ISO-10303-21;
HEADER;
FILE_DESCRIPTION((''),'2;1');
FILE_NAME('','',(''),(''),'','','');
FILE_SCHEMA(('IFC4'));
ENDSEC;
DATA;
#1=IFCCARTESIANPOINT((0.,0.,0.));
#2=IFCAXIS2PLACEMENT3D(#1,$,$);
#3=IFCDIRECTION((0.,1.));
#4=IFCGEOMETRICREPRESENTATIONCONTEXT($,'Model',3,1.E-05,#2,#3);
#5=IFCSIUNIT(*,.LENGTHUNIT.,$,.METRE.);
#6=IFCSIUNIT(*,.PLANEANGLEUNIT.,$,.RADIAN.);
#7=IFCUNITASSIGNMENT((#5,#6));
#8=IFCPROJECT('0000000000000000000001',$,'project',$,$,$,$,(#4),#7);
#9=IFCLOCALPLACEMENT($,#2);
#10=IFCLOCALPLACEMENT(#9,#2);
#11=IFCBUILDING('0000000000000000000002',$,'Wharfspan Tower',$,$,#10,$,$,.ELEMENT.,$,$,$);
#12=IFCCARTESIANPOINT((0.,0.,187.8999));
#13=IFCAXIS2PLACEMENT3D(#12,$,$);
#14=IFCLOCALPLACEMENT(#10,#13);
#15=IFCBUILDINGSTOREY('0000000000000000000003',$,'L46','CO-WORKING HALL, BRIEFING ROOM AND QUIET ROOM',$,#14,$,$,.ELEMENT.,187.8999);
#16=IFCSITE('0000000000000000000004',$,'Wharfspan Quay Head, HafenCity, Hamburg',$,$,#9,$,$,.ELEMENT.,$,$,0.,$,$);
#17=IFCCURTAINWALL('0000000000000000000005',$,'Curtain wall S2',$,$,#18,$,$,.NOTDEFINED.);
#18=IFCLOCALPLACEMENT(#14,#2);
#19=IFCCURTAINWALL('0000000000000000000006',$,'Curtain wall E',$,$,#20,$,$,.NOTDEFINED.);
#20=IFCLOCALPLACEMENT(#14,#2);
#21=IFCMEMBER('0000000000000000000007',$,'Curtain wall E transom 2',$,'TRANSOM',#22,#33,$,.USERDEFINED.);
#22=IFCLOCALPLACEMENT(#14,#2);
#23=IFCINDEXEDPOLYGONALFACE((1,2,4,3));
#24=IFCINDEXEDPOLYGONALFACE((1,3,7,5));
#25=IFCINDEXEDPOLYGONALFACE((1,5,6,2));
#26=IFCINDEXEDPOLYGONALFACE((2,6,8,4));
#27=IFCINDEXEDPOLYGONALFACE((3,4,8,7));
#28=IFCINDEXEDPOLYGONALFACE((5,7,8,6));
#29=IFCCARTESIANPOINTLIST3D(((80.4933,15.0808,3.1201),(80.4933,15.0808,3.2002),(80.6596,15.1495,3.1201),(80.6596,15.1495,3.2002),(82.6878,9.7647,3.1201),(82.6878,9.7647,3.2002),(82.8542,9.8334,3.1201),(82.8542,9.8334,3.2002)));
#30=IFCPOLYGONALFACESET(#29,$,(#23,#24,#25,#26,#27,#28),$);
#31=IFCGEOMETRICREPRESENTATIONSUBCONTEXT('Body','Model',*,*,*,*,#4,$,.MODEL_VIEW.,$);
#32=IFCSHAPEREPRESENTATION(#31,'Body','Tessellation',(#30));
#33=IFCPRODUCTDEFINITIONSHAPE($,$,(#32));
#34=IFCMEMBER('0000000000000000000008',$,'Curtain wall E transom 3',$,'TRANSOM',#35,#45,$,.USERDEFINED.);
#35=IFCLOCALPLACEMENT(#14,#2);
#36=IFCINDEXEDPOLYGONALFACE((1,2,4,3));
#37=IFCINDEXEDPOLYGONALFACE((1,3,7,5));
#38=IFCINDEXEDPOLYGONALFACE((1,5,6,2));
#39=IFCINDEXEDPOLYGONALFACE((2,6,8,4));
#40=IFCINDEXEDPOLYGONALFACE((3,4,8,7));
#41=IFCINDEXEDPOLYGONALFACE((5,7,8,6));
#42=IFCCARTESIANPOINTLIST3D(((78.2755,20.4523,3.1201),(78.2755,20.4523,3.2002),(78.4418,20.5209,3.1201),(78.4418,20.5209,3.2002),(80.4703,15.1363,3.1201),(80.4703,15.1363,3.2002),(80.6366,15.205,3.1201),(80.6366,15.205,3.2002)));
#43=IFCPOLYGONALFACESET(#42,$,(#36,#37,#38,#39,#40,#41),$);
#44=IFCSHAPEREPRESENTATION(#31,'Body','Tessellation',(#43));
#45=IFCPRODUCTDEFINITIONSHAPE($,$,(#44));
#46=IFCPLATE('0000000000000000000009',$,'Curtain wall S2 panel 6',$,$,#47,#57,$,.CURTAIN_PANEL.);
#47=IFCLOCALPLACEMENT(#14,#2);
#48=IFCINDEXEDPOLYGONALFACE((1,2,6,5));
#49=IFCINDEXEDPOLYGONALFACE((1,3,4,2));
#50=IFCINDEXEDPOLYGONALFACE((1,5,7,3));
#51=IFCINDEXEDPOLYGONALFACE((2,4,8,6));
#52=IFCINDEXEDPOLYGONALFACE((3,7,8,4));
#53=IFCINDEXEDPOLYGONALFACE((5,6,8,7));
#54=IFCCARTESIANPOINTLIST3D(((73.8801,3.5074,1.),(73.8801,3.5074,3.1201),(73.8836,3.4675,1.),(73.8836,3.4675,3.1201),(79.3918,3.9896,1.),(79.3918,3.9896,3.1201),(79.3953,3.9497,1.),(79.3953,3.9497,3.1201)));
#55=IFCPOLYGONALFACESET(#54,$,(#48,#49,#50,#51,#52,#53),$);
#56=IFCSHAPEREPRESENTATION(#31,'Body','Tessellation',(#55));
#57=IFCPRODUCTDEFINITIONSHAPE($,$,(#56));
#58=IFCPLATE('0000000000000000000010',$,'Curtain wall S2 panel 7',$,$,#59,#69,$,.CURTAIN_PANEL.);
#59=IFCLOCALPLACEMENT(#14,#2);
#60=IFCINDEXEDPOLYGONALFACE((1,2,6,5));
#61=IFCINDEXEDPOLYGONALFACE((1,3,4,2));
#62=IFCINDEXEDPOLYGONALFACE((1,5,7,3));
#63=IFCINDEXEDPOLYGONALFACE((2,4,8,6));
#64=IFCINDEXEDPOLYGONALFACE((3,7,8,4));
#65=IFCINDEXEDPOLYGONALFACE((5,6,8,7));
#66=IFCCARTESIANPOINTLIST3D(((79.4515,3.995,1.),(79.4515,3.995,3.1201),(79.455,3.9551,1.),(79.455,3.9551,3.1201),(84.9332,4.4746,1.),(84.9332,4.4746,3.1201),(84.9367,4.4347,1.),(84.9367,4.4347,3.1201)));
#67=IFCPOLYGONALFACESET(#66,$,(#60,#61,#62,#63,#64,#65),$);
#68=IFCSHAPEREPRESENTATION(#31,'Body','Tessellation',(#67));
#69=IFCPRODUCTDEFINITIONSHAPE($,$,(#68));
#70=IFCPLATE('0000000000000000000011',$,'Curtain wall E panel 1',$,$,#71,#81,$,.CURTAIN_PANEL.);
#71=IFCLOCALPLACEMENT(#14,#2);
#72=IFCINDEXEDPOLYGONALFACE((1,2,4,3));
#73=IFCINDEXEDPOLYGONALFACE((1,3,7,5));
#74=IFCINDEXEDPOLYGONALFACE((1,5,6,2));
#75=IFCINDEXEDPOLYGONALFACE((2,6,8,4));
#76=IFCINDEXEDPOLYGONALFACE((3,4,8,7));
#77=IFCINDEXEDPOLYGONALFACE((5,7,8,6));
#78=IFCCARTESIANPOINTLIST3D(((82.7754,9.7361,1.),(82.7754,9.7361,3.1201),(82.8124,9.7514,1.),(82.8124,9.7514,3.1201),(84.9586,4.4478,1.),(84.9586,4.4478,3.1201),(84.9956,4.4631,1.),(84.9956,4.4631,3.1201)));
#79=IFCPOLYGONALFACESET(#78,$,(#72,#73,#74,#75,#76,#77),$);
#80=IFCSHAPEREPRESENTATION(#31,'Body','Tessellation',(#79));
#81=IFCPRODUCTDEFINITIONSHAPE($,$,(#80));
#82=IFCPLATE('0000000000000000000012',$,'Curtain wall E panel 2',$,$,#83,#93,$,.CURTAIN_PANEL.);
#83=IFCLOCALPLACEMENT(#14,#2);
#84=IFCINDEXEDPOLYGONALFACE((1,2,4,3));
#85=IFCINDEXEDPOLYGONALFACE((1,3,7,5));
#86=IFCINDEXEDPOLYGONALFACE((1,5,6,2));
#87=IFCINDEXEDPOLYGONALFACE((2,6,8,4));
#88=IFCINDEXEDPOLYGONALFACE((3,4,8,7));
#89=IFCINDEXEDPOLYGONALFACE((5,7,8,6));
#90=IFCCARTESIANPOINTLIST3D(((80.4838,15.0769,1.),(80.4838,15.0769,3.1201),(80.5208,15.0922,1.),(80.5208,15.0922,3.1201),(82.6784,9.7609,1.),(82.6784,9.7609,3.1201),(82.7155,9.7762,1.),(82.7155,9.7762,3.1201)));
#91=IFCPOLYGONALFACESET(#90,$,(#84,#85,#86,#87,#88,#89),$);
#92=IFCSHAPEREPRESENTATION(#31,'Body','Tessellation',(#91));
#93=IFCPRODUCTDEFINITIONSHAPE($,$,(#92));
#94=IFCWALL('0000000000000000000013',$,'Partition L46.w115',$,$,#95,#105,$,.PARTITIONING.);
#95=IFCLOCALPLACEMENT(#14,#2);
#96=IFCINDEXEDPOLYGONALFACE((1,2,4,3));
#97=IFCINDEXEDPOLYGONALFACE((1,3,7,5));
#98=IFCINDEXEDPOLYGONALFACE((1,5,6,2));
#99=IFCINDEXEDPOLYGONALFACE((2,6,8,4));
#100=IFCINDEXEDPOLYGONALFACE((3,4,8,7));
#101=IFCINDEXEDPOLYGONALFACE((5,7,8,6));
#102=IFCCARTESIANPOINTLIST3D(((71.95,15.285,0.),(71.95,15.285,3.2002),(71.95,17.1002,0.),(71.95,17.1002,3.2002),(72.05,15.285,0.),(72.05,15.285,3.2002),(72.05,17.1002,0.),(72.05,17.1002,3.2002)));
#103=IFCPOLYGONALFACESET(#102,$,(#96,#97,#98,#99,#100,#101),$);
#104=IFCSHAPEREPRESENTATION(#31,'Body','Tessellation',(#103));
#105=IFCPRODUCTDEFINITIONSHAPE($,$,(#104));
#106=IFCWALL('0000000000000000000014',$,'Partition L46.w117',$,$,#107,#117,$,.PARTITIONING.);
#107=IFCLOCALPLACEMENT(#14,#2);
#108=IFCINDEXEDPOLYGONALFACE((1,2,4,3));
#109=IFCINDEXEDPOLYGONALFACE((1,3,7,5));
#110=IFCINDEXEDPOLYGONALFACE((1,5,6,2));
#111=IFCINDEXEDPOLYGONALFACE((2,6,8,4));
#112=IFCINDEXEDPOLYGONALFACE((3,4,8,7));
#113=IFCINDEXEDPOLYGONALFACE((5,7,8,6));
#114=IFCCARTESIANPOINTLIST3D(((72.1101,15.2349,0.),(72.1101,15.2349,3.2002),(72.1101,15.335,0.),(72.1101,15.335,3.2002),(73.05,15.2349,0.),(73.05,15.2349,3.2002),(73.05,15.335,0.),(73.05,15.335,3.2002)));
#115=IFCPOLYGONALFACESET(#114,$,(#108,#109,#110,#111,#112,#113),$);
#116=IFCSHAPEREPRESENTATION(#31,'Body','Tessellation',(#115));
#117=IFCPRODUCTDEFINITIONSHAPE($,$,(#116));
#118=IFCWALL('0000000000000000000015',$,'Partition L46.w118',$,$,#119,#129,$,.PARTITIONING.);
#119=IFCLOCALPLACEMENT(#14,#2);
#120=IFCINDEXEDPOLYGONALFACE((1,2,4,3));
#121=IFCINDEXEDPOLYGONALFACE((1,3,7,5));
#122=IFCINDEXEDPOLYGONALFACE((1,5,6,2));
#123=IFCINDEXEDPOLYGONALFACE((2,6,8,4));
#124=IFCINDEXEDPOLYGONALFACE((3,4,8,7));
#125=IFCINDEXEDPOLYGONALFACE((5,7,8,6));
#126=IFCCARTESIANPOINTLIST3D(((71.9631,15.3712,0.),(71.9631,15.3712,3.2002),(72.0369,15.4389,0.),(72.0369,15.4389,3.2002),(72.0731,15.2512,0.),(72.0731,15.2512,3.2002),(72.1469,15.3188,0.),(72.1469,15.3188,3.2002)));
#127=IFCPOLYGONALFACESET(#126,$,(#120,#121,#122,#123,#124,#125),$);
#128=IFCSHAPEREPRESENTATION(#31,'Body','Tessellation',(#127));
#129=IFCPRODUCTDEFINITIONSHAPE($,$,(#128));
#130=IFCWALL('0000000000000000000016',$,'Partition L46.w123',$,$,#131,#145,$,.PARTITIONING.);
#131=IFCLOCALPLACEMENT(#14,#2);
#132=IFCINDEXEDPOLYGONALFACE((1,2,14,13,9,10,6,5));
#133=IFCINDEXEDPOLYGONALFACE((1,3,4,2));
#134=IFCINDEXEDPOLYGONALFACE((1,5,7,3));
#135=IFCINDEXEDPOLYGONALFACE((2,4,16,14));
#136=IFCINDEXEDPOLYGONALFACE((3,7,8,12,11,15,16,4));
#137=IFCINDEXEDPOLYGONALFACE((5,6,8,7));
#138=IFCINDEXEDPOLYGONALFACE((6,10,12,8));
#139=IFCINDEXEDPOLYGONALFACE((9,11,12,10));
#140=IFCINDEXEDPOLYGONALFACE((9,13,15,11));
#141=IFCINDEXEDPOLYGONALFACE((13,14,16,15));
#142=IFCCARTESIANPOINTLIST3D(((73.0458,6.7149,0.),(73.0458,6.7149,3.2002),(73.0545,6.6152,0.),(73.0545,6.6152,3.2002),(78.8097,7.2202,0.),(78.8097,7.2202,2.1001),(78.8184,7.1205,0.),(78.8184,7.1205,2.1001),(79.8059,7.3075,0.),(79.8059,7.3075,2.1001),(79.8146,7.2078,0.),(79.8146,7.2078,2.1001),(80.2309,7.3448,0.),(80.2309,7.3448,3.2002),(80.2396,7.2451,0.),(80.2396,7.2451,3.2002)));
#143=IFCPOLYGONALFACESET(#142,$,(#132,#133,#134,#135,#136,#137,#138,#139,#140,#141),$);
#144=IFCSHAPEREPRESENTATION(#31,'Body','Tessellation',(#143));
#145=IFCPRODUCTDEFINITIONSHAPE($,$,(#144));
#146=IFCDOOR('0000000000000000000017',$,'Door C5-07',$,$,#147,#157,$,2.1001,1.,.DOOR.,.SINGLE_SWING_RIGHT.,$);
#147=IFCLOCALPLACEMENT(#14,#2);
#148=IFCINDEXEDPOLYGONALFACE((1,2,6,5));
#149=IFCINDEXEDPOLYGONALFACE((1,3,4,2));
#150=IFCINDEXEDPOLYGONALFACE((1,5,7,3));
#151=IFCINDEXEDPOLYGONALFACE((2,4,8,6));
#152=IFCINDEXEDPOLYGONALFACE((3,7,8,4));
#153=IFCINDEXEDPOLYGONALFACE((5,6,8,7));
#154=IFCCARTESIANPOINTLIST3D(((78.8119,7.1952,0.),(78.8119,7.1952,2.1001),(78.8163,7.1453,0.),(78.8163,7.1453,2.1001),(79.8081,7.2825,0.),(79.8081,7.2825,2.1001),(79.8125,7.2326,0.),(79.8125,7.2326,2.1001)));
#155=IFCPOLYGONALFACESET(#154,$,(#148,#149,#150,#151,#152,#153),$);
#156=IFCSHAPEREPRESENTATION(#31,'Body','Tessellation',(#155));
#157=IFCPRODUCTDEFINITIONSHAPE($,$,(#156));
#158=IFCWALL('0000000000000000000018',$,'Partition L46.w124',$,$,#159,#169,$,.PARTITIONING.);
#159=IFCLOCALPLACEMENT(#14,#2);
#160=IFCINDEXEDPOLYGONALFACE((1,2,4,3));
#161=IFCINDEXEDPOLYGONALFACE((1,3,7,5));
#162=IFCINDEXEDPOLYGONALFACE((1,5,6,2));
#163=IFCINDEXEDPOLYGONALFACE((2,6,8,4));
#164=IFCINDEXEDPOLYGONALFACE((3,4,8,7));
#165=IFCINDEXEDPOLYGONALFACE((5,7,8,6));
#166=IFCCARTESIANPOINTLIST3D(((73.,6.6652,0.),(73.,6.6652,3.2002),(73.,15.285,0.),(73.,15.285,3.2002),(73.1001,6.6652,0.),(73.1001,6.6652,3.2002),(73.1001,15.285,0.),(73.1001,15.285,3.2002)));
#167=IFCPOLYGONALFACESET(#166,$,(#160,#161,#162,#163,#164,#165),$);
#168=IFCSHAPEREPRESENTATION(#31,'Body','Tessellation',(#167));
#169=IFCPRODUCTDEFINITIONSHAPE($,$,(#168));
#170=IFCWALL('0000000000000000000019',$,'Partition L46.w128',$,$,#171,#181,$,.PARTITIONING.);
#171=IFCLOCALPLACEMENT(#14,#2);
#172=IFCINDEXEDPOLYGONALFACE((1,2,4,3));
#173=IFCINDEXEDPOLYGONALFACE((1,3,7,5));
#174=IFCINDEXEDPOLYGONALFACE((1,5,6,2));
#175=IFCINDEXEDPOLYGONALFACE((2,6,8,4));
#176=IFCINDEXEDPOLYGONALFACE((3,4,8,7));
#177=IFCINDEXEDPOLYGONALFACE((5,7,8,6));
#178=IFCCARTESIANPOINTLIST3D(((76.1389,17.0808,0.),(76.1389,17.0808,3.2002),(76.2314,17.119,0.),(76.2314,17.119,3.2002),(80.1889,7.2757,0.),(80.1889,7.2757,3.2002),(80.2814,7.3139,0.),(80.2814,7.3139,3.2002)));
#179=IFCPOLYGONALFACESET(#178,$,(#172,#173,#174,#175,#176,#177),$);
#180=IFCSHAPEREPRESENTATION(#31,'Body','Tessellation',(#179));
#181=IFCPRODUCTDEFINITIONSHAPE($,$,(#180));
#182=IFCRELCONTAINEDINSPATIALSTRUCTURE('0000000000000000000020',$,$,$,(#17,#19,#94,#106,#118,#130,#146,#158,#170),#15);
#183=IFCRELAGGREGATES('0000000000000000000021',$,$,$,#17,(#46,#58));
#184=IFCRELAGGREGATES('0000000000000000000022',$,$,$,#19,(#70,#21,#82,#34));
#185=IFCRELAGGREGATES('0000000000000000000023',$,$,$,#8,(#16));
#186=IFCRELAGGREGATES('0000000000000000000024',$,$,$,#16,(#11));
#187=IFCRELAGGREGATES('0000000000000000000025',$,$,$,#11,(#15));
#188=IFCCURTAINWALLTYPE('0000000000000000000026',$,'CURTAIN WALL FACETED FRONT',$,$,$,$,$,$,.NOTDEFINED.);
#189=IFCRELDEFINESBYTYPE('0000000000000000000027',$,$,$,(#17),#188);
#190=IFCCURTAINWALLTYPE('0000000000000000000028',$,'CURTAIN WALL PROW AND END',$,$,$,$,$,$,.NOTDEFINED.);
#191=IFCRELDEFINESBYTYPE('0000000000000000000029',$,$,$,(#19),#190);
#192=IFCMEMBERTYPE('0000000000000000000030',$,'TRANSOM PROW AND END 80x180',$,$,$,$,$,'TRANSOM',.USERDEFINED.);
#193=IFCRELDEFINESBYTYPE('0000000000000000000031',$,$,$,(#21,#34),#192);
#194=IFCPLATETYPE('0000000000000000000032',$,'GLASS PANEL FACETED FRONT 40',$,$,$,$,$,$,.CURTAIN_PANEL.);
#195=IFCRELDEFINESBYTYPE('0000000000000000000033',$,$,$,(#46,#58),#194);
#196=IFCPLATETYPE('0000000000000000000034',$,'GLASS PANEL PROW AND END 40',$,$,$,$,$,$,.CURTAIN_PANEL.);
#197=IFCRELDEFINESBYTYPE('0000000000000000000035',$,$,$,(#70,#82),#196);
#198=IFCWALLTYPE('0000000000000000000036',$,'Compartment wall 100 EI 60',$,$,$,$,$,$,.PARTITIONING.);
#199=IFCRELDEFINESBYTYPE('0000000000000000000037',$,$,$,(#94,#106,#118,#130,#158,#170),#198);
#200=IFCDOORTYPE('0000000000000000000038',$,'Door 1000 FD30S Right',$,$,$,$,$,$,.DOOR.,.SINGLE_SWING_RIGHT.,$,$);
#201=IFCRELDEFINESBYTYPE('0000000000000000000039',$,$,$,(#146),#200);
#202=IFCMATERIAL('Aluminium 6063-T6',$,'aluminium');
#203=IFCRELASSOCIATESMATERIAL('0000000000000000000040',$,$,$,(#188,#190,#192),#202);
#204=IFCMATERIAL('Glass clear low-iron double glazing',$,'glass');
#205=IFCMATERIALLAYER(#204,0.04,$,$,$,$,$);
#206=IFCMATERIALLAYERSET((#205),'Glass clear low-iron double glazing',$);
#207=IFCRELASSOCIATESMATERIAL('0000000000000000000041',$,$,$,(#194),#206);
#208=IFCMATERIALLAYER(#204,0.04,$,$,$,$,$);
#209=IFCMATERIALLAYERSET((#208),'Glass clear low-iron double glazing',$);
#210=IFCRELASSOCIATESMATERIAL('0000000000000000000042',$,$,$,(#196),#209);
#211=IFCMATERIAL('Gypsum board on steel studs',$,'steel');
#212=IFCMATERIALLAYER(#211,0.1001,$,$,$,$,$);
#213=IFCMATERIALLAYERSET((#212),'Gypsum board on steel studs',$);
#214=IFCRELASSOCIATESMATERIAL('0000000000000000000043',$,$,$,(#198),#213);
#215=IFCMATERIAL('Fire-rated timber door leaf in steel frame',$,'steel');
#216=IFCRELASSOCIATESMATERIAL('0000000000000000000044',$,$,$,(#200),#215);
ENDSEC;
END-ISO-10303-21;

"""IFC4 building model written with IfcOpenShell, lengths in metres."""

from ifc_helpers import new_model, si_unit, direction, frame, frame_2d, origin, origin_2d, place, context, subcontext, project, spatial, rectangle, extrude, material, layer, layer_set, material_profile, profile_set, type_object, element, fill, aggregate, save


model = new_model("IFC4")

# Units and contexts
model_context = context("Model", 3, precision=1e-05, world=origin(), true_north=direction((0.0, 1.0)))
body_context = subcontext(model_context, "Body", "Model", "MODEL_VIEW")
ifc_project = project(units=[si_unit("LENGTHUNIT", "METRE"), si_unit("PLANEANGLEUNIT", "RADIAN")], contexts=[model_context])

# Site, building, storey
site_placement = place(None, origin())
site = spatial("IfcSite", under=ifc_project, at=site_placement, Name="Wharfspan Quay Head, HafenCity, Hamburg", CompositionType="ELEMENT", RefElevation=0.0)
building_placement = place(site_placement, origin())
building = spatial("IfcBuilding", under=site, at=building_placement, Name="Wharfspan Tower", CompositionType="ELEMENT")
storey_placement = place(building_placement, frame((0.0, 0.0, 187.8999)))
storey = spatial("IfcBuildingStorey", under=building, at=storey_placement, Name="L46", Description="CO-WORKING HALL, BRIEFING ROOM AND QUIET ROOM", CompositionType="ELEMENT", Elevation=187.8999)

# Curtain walls
ifc_material_1 = material(Name="Aluminium 6063-T6", Category="aluminium")
curtain_wall_type_1 = type_object("IfcCurtainWallType", Name="CURTAIN WALL FACETED FRONT", PredefinedType="NOTDEFINED", material=ifc_material_1)
curtain_wall_1_placement = place(storey_placement, origin())
curtain_wall_1 = element("IfcCurtainWall", 1, at=curtain_wall_1_placement, inside=storey, type_object=curtain_wall_type_1, Name="Curtain wall S2", PredefinedType="NOTDEFINED")
curtain_wall_type_2 = type_object("IfcCurtainWallType", Name="CURTAIN WALL PROW AND END", PredefinedType="NOTDEFINED", material=ifc_material_1)
curtain_wall_2_placement = place(storey_placement, origin())
curtain_wall_2 = element("IfcCurtainWall", 2, at=curtain_wall_2_placement, inside=storey, type_object=curtain_wall_type_2, Name="Curtain wall E", PredefinedType="NOTDEFINED")

# Members
ifc_material_profile_1 = material_profile(ifc_material_1, rectangle(XDim=0.1799, YDim=0.0801, at=origin_2d()))
ifc_profile_set_1 = profile_set([ifc_material_profile_1], Name="Aluminium 6063-T6")
member_type_1 = type_object("IfcMemberType", Name="TRANSOM PROW AND END 80x180", ElementType="TRANSOM", PredefinedType="USERDEFINED", material=ifc_profile_set_1)
member_1_placement = place(storey_placement, frame((82.771, 9.7991, 3.1602), z_axis=(-0.381578, 0.924337, 0.0), x_axis=(-0.924337, -0.381578, 0.0)))
member_1 = element("IfcMember", 3, at=member_1_placement, type_object=member_type_1, Name="Curtain wall E transom 2", ObjectType="TRANSOM", PredefinedType="USERDEFINED", context=body_context, shape_type="SweptSolid", body=[
    extrude(rectangle(XDim=0.1799, YDim=0.0801, at=origin_2d()), origin(), (0.0, 0.0, 1.0), 5.7512),
])
member_2_placement = place(storey_placement, frame((80.5535, 15.1707, 3.1602), z_axis=(-0.381629, 0.924315, 0.0), x_axis=(-0.924315, -0.381629, 0.0)))
member_2 = element("IfcMember", 4, at=member_2_placement, type_object=member_type_1, Name="Curtain wall E transom 3", ObjectType="TRANSOM", PredefinedType="USERDEFINED", context=body_context, shape_type="SweptSolid", body=[
    extrude(rectangle(XDim=0.1799, YDim=0.0801, at=origin_2d()), origin(), (0.0, 0.0, 1.0), 5.7512),
])

# Plates
ifc_material_2 = material(Name="Glass clear low-iron double glazing", Category="glass")
ifc_layer_1 = layer(ifc_material_2, 0.04)
ifc_layer_set_1 = layer_set([ifc_layer_1], Name="Glass clear low-iron double glazing")
plate_type_1 = type_object("IfcPlateType", Name="GLASS PANEL FACETED FRONT 40", PredefinedType="CURTAIN_PANEL", material=ifc_layer_set_1)
plate_1_placement = place(storey_placement, frame((76.6377, 3.7285, 1.0), z_axis=(0.0, 0.0, 1.0), x_axis=(0.996198, 0.087156, 0.0)))
plate_1 = element("IfcPlate", 5, at=plate_1_placement, type_object=plate_type_1, Name="Curtain wall S2 panel 6", PredefinedType="CURTAIN_PANEL", context=body_context, shape_type="SweptSolid", body=[
    extrude(rectangle(XDim=5.5327, YDim=0.04, at=origin_2d()), origin(), (0.0, 0.0, 1.0), 2.1201),
])
plate_2_placement = place(storey_placement, frame((82.1941, 4.2148, 1.0), z_axis=(0.0, 0.0, 1.0), x_axis=(0.996198, 0.087156, 0.0)))
plate_2 = element("IfcPlate", 6, at=plate_2_placement, type_object=plate_type_1, Name="Curtain wall S2 panel 7", PredefinedType="CURTAIN_PANEL", context=body_context, shape_type="SweptSolid", body=[
    extrude(rectangle(XDim=5.5027, YDim=0.04, at=origin_2d()), origin(), (0.0, 0.0, 1.0), 2.1201),
])
aggregate(curtain_wall_1, [plate_1, plate_2])
ifc_layer_2 = layer(ifc_material_2, 0.04)
ifc_layer_set_2 = layer_set([ifc_layer_2], Name="Glass clear low-iron double glazing")
plate_type_2 = type_object("IfcPlateType", Name="GLASS PANEL PROW AND END 40", PredefinedType="CURTAIN_PANEL", material=ifc_layer_set_2)
plate_3_placement = place(storey_placement, frame((83.8855, 7.0996, 1.0), z_axis=(0.0, 0.0, 1.0), x_axis=(-0.381602, 0.924325, 0.0)))
plate_3 = element("IfcPlate", 7, at=plate_3_placement, type_object=plate_type_2, Name="Curtain wall E panel 1", PredefinedType="CURTAIN_PANEL", context=body_context, shape_type="SweptSolid", body=[
    extrude(rectangle(XDim=5.7212, YDim=0.04, at=origin_2d()), origin(), (0.0, 0.0, 1.0), 2.1201),
])
plate_4_placement = place(storey_placement, frame((81.5996, 12.4265, 1.0), z_axis=(0.0, 0.0, 1.0), x_axis=(-0.381602, 0.924325, 0.0)))
plate_4 = element("IfcPlate", 8, at=plate_4_placement, type_object=plate_type_2, Name="Curtain wall E panel 2", PredefinedType="CURTAIN_PANEL", context=body_context, shape_type="SweptSolid", body=[
    extrude(rectangle(XDim=5.7512, YDim=0.04, at=origin_2d()), origin(), (0.0, 0.0, 1.0), 2.1201),
])
aggregate(curtain_wall_2, [plate_3, member_1, plate_4, member_2])

# Walls
ifc_material_3 = material(Name="Gypsum board on steel studs", Category="steel")
ifc_layer_3 = layer(ifc_material_3, 0.1001)
ifc_layer_set_3 = layer_set([ifc_layer_3], Name="Gypsum board on steel studs")
wall_type_1 = type_object("IfcWallType", Name="Compartment wall 100 EI 60", PredefinedType="PARTITIONING", material=ifc_layer_set_3)
wall_1_placement = place(storey_placement, frame((72.0, 15.2849, 0.0), z_axis=(0.0, 0.0, 1.0), x_axis=(0.0, 1.0, 0.0)))
element("IfcWall", 9, at=wall_1_placement, inside=storey, type_object=wall_type_1, Name="Partition L46.w115", PredefinedType="PARTITIONING", context=body_context, shape_type="SweptSolid", body=[
    extrude(rectangle(XDim=1.8152, YDim=0.1001, at=frame_2d((0.9077, 0.0))), origin(), (0.0, 0.0, 1.0), 3.2002),
])
wall_2_placement = place(storey_placement, frame((72.1101, 15.2849, 0.0), z_axis=(0.0, 0.0, 1.0), x_axis=(1.0, 0.0, 0.0)))
element("IfcWall", 10, at=wall_2_placement, inside=storey, type_object=wall_type_1, Name="Partition L46.w117", PredefinedType="PARTITIONING", context=body_context, shape_type="SweptSolid", body=[
    extrude(rectangle(XDim=0.9399, YDim=0.1001, at=frame_2d((0.47, 0.0))), origin(), (0.0, 0.0, 1.0), 3.2002),
])
wall_3_placement = place(storey_placement, frame((72.1101, 15.2849, 0.0), z_axis=(0.0, 0.0, 1.0), x_axis=(-0.675728, 0.737158, 0.0)))
element("IfcWall", 11, at=wall_3_placement, inside=storey, type_object=wall_type_1, Name="Partition L46.w118", PredefinedType="PARTITIONING", context=body_context, shape_type="SweptSolid", body=[
    extrude(rectangle(XDim=0.1628, YDim=0.1001, at=frame_2d((0.0815, 0.0))), origin(), (0.0, 0.0, 1.0), 3.2002),
])

# Wall, opening, door
wall_4_placement = place(storey_placement, frame((73.05, 6.665, 0.0), z_axis=(0.0, 0.0, 1.0), x_axis=(0.996183, 0.087331, 0.0)))
wall_4 = element("IfcWall", 12, at=wall_4_placement, inside=storey, type_object=wall_type_1, Name="Partition L46.w123", PredefinedType="PARTITIONING", context=body_context, shape_type="SweptSolid", body=[
    extrude(rectangle(XDim=7.2126, YDim=0.1001, at=frame_2d((3.6064, 0.0))), origin(), (0.0, 0.0, 1.0), 3.2002),
])
opening_1_placement = place(wall_4_placement, frame((5.7861, 0.0, 0.0)))
opening_1 = element("IfcOpeningElement", 13, at=opening_1_placement, cuts=wall_4, PredefinedType="OPENING", context=body_context, shape_type="SweptSolid", body=[
    extrude(rectangle(XDim=1.0, YDim=2.1001, at=frame_2d((0.5, 1.05))), frame((0.0, 0.0601, 0.0), z_axis=(0.0, -1.0, 0.0), x_axis=(1.0, 0.0, 0.0)), (0.0, 0.0, 1.0), 0.1201),
])
ifc_material_4 = material(Name="Fire-rated timber door leaf in steel frame", Category="steel")
door_type_1 = type_object("IfcDoorType", Name="Door 1000 FD30S Right", OperationType="SINGLE_SWING_RIGHT", PredefinedType="DOOR", material=ifc_material_4)
door_1_placement = place(opening_1_placement, origin())
door_1 = element("IfcDoor", 14, at=door_1_placement, inside=storey, type_object=door_type_1, Name="Door C5-07", OperationType="SINGLE_SWING_RIGHT", OverallHeight=2.1001, OverallWidth=1.0, PredefinedType="DOOR", context=body_context, shape_type="SweptSolid", body=[
    extrude(rectangle(XDim=1.0, YDim=2.1001, at=frame_2d((0.5, 1.05))), frame((0.0, 0.0249, 0.0), z_axis=(0.0, -1.0, 0.0), x_axis=(1.0, 0.0, 0.0)), (0.0, 0.0, 1.0), 0.05),
])
fill(opening_1, door_1)

# Walls
wall_5_placement = place(storey_placement, frame((73.05, 6.665, 0.0), z_axis=(0.0, 0.0, 1.0), x_axis=(0.0, 1.0, 0.0)))
element("IfcWall", 15, at=wall_5_placement, inside=storey, type_object=wall_type_1, Name="Partition L46.w124", PredefinedType="PARTITIONING", context=body_context, shape_type="SweptSolid", body=[
    extrude(rectangle(XDim=8.6199, YDim=0.1001, at=frame_2d((4.3101, 0.0))), origin(), (0.0, 0.0, 1.0), 3.2002),
])
wall_6_placement = place(storey_placement, frame((80.2351, 7.2949, 0.0), z_axis=(0.0, 0.0, 1.0), x_axis=(-0.381768, 0.924261, 0.0)))
element("IfcWall", 16, at=wall_6_placement, inside=storey, type_object=wall_type_1, Name="Partition L46.w128", PredefinedType="PARTITIONING", context=body_context, shape_type="SweptSolid", body=[
    extrude(rectangle(XDim=10.6086, YDim=0.1001, at=frame_2d((5.3042, 0.0))), origin(), (0.0, 0.0, 1.0), 3.2002),
])

save(model, "model.ifc")
